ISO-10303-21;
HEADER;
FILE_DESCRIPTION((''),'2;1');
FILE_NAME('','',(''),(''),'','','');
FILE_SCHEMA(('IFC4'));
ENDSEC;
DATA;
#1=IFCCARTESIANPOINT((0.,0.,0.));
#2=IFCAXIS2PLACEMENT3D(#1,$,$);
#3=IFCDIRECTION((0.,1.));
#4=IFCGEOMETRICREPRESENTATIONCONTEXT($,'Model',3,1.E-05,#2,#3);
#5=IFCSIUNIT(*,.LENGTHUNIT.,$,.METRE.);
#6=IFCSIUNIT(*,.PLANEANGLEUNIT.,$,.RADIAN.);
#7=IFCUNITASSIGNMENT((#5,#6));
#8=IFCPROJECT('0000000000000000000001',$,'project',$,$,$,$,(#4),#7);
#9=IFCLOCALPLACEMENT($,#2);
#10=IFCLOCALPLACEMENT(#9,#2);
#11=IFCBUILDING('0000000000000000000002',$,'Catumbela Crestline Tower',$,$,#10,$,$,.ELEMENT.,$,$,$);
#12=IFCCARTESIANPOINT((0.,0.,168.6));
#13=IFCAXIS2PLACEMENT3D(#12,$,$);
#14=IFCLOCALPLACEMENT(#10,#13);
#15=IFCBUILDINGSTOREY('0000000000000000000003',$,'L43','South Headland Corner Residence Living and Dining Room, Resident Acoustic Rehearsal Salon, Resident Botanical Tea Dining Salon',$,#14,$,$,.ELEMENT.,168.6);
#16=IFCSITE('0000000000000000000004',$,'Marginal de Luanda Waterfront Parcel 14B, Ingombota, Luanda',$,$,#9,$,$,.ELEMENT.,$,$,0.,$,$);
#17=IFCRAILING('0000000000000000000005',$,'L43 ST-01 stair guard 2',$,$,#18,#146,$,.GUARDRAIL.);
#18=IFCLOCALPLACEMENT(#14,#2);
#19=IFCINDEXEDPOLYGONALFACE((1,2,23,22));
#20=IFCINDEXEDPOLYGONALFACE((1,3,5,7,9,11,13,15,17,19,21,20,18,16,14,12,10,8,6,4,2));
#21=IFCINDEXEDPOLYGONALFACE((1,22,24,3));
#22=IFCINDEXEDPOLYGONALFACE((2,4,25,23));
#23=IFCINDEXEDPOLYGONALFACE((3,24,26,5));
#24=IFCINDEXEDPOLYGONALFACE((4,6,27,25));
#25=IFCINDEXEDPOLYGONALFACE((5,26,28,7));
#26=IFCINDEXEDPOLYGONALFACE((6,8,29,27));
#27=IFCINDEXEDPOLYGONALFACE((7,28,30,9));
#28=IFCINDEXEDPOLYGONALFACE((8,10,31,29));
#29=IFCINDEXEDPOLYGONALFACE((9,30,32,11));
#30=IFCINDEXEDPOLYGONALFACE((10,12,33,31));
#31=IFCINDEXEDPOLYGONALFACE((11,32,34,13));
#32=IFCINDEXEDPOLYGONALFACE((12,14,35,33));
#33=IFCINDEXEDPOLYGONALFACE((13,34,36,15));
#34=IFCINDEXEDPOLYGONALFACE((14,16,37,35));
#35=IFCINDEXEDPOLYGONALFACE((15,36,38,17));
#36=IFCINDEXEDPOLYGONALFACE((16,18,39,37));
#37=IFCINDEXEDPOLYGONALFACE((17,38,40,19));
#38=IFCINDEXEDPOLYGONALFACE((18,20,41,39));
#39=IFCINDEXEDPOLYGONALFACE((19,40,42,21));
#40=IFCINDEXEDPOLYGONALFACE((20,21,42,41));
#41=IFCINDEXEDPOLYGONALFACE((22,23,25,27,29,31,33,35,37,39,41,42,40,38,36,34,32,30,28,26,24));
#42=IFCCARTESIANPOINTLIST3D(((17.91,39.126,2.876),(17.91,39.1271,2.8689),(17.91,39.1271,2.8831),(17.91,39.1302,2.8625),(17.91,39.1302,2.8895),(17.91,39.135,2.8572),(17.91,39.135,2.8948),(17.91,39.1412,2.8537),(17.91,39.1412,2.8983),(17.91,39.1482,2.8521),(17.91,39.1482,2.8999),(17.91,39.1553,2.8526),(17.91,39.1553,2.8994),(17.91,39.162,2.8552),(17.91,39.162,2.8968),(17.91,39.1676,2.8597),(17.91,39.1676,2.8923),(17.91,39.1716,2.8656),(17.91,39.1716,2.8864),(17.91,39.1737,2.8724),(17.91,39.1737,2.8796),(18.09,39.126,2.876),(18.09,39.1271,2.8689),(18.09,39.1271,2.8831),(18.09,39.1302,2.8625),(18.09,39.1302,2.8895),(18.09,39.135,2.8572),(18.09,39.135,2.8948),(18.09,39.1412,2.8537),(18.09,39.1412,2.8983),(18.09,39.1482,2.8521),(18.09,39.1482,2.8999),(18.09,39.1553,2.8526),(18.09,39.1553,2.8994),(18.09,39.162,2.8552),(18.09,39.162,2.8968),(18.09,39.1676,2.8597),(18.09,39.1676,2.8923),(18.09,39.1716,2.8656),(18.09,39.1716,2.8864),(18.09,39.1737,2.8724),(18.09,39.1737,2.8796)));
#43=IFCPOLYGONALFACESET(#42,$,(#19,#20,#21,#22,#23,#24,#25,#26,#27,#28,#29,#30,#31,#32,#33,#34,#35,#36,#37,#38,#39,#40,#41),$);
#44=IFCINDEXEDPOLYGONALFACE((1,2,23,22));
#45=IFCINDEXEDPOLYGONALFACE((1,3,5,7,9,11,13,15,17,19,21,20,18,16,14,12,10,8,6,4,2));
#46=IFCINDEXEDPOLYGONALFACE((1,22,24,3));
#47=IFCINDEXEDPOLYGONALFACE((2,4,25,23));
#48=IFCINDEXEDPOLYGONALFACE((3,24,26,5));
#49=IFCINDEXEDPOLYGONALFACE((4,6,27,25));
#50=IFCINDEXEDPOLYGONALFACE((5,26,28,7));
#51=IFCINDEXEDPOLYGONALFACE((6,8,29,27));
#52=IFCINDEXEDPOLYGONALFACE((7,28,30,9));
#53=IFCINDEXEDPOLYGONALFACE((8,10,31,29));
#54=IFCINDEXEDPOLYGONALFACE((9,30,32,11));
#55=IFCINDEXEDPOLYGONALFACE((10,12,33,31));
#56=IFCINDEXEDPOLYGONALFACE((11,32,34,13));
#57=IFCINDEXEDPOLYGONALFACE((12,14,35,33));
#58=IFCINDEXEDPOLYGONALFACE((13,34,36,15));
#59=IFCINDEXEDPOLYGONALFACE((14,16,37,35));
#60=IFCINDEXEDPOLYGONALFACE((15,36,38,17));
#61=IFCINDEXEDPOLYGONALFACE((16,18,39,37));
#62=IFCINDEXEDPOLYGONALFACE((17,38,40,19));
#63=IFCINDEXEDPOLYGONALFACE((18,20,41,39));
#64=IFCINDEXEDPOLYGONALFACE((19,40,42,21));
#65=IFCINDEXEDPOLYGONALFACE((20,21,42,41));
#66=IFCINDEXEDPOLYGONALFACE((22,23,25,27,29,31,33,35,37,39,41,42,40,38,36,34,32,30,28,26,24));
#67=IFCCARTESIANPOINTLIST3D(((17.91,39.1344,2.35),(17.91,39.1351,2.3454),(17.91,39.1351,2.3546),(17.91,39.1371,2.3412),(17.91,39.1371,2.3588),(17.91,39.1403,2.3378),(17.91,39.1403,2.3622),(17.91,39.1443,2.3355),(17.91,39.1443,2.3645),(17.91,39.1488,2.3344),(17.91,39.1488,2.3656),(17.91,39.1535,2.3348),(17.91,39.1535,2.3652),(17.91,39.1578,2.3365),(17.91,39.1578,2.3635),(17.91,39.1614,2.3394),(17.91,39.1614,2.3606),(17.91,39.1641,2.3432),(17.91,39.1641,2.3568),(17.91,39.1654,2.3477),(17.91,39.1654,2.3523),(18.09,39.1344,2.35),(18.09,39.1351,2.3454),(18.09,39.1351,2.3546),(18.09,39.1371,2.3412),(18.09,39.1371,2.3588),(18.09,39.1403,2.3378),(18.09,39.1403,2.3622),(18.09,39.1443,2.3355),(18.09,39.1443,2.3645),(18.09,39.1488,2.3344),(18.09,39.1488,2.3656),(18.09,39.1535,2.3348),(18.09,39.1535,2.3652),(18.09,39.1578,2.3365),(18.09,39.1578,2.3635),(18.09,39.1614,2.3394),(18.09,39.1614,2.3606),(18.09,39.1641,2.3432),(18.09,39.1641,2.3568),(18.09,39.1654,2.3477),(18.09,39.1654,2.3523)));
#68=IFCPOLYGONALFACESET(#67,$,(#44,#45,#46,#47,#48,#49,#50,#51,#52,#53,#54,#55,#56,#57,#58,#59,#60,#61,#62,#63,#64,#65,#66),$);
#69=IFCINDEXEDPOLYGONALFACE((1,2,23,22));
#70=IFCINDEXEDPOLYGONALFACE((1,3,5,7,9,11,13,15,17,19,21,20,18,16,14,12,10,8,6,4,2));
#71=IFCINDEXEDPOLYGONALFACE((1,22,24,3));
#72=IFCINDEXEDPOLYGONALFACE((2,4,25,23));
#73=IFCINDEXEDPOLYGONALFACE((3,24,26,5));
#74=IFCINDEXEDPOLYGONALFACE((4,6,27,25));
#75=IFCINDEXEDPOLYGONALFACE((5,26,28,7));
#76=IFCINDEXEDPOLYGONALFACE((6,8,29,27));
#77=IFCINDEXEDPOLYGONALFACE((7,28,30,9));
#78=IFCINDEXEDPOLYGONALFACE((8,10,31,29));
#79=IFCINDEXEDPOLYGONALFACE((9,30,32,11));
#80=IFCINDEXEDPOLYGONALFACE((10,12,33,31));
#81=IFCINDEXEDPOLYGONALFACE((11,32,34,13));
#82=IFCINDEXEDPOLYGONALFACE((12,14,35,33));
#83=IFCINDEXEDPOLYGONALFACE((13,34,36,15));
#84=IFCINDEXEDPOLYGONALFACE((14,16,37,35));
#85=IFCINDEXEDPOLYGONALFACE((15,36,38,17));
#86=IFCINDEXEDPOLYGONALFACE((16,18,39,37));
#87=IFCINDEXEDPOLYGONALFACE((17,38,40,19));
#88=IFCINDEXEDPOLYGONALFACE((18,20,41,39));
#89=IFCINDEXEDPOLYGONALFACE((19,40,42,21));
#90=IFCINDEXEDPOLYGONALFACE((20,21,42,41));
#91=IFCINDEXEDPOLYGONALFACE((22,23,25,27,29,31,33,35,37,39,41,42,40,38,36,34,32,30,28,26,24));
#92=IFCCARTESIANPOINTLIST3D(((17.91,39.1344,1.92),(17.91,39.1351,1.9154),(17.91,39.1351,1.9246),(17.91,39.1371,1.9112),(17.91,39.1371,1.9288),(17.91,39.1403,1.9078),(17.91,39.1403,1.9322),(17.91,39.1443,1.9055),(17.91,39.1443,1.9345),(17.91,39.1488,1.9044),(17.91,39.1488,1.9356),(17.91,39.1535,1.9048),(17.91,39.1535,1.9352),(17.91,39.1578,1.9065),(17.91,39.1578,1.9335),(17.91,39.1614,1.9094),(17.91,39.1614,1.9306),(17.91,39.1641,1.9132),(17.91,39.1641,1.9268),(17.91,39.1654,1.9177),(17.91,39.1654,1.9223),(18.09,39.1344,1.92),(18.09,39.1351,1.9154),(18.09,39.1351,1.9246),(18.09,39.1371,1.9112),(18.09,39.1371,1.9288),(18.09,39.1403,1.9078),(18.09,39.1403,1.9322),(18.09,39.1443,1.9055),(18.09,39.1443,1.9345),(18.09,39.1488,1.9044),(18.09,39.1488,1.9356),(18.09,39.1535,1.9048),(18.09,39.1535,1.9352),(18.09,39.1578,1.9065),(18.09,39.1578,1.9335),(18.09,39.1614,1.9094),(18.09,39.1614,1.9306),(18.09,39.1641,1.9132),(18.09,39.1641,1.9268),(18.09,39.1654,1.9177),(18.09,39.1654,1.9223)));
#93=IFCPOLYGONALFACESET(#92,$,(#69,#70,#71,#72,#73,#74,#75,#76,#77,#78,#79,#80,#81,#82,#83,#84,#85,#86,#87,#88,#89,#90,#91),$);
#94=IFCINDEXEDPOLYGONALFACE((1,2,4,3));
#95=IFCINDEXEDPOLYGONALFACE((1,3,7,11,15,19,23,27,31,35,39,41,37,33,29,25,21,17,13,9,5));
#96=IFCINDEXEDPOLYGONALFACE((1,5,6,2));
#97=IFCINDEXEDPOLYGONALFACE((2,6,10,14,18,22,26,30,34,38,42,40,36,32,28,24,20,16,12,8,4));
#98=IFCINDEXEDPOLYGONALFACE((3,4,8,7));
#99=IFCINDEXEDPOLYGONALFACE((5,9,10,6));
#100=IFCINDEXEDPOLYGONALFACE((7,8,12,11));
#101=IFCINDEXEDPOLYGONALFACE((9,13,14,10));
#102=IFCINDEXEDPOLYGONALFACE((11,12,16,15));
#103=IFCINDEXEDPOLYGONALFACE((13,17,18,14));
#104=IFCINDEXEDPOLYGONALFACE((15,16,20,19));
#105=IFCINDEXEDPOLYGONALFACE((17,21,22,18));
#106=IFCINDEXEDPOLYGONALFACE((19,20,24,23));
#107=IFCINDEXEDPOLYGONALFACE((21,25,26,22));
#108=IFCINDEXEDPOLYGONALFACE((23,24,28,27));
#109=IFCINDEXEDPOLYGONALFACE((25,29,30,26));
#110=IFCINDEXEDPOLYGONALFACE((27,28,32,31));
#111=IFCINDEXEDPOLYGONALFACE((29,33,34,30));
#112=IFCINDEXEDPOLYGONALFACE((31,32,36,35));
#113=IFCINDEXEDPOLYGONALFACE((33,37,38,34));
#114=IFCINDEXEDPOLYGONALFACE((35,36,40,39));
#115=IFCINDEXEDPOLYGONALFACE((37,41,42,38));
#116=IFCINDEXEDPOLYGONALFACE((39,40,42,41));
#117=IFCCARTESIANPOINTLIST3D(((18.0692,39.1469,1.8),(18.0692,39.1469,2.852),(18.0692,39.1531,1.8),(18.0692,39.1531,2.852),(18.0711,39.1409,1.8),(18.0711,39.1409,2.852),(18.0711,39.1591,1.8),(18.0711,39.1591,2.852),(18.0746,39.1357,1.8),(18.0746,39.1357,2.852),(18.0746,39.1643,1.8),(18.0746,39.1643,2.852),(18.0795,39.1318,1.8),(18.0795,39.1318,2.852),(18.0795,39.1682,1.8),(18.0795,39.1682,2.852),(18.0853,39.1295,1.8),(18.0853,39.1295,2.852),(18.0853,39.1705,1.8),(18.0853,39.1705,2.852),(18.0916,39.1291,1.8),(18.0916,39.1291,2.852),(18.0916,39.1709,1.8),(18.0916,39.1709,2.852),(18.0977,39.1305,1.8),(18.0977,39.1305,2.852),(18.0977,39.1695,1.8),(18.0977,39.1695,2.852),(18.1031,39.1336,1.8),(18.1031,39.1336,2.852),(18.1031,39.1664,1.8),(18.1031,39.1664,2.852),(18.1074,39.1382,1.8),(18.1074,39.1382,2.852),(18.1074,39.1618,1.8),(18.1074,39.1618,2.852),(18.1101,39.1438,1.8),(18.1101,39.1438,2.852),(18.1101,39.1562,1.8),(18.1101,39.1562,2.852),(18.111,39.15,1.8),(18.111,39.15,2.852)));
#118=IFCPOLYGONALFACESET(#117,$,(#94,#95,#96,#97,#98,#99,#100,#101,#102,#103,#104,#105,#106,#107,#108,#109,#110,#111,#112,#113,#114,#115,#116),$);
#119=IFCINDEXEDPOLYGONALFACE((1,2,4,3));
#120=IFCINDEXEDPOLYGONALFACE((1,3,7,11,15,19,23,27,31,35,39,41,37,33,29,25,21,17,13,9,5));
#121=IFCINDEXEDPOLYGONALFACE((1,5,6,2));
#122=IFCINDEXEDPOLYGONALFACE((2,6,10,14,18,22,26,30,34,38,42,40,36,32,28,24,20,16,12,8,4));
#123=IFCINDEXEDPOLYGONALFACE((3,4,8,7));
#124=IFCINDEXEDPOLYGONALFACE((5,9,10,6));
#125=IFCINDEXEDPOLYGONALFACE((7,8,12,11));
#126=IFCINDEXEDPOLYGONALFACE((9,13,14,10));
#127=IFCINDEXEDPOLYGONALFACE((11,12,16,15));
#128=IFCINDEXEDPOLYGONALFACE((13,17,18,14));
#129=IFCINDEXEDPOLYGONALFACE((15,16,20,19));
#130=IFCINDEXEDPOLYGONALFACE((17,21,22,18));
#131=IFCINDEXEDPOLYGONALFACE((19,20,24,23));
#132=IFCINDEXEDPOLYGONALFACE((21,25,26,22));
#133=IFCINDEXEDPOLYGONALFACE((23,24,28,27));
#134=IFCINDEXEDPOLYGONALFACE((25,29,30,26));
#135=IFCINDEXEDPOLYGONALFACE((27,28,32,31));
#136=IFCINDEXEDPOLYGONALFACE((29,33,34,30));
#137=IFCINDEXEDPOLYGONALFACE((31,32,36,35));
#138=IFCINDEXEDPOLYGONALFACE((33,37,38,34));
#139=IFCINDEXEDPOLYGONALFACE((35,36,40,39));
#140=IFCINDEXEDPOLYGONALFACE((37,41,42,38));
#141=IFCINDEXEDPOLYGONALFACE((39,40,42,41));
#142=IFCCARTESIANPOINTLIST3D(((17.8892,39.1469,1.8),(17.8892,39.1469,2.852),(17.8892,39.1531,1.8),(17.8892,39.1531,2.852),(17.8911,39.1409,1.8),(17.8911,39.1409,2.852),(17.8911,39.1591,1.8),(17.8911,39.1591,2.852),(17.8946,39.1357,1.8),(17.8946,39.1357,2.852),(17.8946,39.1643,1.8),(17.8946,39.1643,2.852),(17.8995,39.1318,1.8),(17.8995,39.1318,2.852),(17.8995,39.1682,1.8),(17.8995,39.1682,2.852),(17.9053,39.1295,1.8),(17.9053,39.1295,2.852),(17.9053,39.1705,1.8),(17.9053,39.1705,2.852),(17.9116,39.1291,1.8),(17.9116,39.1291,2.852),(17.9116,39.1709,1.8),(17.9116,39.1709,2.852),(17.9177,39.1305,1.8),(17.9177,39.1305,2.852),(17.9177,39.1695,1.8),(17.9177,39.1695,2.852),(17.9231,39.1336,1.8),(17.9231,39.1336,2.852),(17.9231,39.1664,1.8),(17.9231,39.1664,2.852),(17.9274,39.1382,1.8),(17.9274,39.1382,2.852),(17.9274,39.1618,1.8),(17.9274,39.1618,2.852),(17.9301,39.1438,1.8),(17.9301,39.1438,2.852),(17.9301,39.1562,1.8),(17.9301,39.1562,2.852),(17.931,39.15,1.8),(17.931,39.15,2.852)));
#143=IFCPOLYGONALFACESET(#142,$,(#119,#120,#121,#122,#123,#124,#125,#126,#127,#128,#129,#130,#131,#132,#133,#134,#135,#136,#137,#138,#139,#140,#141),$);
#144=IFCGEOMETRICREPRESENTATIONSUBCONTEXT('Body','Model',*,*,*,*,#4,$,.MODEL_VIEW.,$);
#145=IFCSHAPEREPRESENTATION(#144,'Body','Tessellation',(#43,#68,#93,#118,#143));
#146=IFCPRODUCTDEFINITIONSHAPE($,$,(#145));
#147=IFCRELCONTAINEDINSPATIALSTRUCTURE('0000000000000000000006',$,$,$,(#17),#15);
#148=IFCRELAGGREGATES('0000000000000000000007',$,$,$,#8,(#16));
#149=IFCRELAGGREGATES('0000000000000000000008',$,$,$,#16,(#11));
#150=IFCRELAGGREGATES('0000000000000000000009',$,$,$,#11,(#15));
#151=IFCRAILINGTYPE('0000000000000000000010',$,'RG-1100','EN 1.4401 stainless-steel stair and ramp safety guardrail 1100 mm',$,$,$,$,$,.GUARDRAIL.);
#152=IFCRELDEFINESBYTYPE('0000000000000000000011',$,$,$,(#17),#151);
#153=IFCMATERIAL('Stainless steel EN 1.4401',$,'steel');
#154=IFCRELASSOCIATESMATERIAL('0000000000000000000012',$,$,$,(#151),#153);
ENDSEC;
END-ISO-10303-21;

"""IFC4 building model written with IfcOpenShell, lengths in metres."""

from ifc_helpers import new_model, si_unit, direction, frame, origin, origin_2d, place, context, subcontext, project, spatial, circle, extrude, material, type_object, element, save


model = new_model("IFC4")

# Units and contexts
model_context = context("Model", 3, precision=1e-05, world=origin(), true_north=direction((0.0, 1.0)))
body_context = subcontext(model_context, "Body", "Model", "MODEL_VIEW")
ifc_project = project(units=[si_unit("LENGTHUNIT", "METRE"), si_unit("PLANEANGLEUNIT", "RADIAN")], contexts=[model_context])

# Site, building, storey
site_placement = place(None, origin())
site = spatial("IfcSite", under=ifc_project, at=site_placement, Name="Marginal de Luanda Waterfront Parcel 14B, Ingombota, Luanda", CompositionType="ELEMENT", RefElevation=0.0)
building_placement = place(site_placement, origin())
building = spatial("IfcBuilding", under=site, at=building_placement, Name="Catumbela Crestline Tower", CompositionType="ELEMENT")
storey_placement = place(building_placement, frame((0.0, 0.0, 168.6)))
storey = spatial("IfcBuildingStorey", under=building, at=storey_placement, Name="L43", Description="South Headland Corner Residence Living and Dining Room, Resident Acoustic Rehearsal Salon, Resident Botanical Tea Dining Salon", CompositionType="ELEMENT", Elevation=168.6)

# Shared definitions
ifc_material_1 = material(Name="Stainless steel EN 1.4401", Category="steel")

# Railing
railing_type_1 = type_object("IfcRailingType", Name="RG-1100", Description="EN 1.4401 stainless-steel stair and ramp safety guardrail 1100 mm", PredefinedType="GUARDRAIL", material=ifc_material_1)
railing_1_placement = place(storey_placement, frame((18.09, 39.15, 1.8)))
element("IfcRailing", 1, at=railing_1_placement, inside=storey, type_object=railing_type_1, Name="L43 ST-01 stair guard 2", PredefinedType="GUARDRAIL", context=body_context, shape_type="SweptSolid", body=[
    extrude(circle(Radius=0.024, at=origin_2d()), frame((0.0, 0.0, 1.076), z_axis=(-1.0, 0.0, 0.0), x_axis=(0.0, -1.0, 0.0)), (0.0, 0.0, 1.0), 0.18),
    extrude(circle(Radius=0.0156, at=origin_2d()), frame((0.0, 0.0, 0.55), z_axis=(-1.0, 0.0, 0.0), x_axis=(0.0, -1.0, 0.0)), (0.0, 0.0, 1.0), 0.18),
    extrude(circle(Radius=0.0156, at=origin_2d()), frame((0.0, 0.0, 0.12), z_axis=(-1.0, 0.0, 0.0), x_axis=(0.0, -1.0, 0.0)), (0.0, 0.0, 1.0), 0.18),
    extrude(circle(Radius=0.021, at=origin_2d()), origin(), (0.0, 0.0, 1.0), 1.052),
    extrude(circle(Radius=0.021, at=origin_2d()), frame((-0.18, 0.0, 0.0)), (0.0, 0.0, 1.0), 1.052),
])

save(model, "model.ifc")
